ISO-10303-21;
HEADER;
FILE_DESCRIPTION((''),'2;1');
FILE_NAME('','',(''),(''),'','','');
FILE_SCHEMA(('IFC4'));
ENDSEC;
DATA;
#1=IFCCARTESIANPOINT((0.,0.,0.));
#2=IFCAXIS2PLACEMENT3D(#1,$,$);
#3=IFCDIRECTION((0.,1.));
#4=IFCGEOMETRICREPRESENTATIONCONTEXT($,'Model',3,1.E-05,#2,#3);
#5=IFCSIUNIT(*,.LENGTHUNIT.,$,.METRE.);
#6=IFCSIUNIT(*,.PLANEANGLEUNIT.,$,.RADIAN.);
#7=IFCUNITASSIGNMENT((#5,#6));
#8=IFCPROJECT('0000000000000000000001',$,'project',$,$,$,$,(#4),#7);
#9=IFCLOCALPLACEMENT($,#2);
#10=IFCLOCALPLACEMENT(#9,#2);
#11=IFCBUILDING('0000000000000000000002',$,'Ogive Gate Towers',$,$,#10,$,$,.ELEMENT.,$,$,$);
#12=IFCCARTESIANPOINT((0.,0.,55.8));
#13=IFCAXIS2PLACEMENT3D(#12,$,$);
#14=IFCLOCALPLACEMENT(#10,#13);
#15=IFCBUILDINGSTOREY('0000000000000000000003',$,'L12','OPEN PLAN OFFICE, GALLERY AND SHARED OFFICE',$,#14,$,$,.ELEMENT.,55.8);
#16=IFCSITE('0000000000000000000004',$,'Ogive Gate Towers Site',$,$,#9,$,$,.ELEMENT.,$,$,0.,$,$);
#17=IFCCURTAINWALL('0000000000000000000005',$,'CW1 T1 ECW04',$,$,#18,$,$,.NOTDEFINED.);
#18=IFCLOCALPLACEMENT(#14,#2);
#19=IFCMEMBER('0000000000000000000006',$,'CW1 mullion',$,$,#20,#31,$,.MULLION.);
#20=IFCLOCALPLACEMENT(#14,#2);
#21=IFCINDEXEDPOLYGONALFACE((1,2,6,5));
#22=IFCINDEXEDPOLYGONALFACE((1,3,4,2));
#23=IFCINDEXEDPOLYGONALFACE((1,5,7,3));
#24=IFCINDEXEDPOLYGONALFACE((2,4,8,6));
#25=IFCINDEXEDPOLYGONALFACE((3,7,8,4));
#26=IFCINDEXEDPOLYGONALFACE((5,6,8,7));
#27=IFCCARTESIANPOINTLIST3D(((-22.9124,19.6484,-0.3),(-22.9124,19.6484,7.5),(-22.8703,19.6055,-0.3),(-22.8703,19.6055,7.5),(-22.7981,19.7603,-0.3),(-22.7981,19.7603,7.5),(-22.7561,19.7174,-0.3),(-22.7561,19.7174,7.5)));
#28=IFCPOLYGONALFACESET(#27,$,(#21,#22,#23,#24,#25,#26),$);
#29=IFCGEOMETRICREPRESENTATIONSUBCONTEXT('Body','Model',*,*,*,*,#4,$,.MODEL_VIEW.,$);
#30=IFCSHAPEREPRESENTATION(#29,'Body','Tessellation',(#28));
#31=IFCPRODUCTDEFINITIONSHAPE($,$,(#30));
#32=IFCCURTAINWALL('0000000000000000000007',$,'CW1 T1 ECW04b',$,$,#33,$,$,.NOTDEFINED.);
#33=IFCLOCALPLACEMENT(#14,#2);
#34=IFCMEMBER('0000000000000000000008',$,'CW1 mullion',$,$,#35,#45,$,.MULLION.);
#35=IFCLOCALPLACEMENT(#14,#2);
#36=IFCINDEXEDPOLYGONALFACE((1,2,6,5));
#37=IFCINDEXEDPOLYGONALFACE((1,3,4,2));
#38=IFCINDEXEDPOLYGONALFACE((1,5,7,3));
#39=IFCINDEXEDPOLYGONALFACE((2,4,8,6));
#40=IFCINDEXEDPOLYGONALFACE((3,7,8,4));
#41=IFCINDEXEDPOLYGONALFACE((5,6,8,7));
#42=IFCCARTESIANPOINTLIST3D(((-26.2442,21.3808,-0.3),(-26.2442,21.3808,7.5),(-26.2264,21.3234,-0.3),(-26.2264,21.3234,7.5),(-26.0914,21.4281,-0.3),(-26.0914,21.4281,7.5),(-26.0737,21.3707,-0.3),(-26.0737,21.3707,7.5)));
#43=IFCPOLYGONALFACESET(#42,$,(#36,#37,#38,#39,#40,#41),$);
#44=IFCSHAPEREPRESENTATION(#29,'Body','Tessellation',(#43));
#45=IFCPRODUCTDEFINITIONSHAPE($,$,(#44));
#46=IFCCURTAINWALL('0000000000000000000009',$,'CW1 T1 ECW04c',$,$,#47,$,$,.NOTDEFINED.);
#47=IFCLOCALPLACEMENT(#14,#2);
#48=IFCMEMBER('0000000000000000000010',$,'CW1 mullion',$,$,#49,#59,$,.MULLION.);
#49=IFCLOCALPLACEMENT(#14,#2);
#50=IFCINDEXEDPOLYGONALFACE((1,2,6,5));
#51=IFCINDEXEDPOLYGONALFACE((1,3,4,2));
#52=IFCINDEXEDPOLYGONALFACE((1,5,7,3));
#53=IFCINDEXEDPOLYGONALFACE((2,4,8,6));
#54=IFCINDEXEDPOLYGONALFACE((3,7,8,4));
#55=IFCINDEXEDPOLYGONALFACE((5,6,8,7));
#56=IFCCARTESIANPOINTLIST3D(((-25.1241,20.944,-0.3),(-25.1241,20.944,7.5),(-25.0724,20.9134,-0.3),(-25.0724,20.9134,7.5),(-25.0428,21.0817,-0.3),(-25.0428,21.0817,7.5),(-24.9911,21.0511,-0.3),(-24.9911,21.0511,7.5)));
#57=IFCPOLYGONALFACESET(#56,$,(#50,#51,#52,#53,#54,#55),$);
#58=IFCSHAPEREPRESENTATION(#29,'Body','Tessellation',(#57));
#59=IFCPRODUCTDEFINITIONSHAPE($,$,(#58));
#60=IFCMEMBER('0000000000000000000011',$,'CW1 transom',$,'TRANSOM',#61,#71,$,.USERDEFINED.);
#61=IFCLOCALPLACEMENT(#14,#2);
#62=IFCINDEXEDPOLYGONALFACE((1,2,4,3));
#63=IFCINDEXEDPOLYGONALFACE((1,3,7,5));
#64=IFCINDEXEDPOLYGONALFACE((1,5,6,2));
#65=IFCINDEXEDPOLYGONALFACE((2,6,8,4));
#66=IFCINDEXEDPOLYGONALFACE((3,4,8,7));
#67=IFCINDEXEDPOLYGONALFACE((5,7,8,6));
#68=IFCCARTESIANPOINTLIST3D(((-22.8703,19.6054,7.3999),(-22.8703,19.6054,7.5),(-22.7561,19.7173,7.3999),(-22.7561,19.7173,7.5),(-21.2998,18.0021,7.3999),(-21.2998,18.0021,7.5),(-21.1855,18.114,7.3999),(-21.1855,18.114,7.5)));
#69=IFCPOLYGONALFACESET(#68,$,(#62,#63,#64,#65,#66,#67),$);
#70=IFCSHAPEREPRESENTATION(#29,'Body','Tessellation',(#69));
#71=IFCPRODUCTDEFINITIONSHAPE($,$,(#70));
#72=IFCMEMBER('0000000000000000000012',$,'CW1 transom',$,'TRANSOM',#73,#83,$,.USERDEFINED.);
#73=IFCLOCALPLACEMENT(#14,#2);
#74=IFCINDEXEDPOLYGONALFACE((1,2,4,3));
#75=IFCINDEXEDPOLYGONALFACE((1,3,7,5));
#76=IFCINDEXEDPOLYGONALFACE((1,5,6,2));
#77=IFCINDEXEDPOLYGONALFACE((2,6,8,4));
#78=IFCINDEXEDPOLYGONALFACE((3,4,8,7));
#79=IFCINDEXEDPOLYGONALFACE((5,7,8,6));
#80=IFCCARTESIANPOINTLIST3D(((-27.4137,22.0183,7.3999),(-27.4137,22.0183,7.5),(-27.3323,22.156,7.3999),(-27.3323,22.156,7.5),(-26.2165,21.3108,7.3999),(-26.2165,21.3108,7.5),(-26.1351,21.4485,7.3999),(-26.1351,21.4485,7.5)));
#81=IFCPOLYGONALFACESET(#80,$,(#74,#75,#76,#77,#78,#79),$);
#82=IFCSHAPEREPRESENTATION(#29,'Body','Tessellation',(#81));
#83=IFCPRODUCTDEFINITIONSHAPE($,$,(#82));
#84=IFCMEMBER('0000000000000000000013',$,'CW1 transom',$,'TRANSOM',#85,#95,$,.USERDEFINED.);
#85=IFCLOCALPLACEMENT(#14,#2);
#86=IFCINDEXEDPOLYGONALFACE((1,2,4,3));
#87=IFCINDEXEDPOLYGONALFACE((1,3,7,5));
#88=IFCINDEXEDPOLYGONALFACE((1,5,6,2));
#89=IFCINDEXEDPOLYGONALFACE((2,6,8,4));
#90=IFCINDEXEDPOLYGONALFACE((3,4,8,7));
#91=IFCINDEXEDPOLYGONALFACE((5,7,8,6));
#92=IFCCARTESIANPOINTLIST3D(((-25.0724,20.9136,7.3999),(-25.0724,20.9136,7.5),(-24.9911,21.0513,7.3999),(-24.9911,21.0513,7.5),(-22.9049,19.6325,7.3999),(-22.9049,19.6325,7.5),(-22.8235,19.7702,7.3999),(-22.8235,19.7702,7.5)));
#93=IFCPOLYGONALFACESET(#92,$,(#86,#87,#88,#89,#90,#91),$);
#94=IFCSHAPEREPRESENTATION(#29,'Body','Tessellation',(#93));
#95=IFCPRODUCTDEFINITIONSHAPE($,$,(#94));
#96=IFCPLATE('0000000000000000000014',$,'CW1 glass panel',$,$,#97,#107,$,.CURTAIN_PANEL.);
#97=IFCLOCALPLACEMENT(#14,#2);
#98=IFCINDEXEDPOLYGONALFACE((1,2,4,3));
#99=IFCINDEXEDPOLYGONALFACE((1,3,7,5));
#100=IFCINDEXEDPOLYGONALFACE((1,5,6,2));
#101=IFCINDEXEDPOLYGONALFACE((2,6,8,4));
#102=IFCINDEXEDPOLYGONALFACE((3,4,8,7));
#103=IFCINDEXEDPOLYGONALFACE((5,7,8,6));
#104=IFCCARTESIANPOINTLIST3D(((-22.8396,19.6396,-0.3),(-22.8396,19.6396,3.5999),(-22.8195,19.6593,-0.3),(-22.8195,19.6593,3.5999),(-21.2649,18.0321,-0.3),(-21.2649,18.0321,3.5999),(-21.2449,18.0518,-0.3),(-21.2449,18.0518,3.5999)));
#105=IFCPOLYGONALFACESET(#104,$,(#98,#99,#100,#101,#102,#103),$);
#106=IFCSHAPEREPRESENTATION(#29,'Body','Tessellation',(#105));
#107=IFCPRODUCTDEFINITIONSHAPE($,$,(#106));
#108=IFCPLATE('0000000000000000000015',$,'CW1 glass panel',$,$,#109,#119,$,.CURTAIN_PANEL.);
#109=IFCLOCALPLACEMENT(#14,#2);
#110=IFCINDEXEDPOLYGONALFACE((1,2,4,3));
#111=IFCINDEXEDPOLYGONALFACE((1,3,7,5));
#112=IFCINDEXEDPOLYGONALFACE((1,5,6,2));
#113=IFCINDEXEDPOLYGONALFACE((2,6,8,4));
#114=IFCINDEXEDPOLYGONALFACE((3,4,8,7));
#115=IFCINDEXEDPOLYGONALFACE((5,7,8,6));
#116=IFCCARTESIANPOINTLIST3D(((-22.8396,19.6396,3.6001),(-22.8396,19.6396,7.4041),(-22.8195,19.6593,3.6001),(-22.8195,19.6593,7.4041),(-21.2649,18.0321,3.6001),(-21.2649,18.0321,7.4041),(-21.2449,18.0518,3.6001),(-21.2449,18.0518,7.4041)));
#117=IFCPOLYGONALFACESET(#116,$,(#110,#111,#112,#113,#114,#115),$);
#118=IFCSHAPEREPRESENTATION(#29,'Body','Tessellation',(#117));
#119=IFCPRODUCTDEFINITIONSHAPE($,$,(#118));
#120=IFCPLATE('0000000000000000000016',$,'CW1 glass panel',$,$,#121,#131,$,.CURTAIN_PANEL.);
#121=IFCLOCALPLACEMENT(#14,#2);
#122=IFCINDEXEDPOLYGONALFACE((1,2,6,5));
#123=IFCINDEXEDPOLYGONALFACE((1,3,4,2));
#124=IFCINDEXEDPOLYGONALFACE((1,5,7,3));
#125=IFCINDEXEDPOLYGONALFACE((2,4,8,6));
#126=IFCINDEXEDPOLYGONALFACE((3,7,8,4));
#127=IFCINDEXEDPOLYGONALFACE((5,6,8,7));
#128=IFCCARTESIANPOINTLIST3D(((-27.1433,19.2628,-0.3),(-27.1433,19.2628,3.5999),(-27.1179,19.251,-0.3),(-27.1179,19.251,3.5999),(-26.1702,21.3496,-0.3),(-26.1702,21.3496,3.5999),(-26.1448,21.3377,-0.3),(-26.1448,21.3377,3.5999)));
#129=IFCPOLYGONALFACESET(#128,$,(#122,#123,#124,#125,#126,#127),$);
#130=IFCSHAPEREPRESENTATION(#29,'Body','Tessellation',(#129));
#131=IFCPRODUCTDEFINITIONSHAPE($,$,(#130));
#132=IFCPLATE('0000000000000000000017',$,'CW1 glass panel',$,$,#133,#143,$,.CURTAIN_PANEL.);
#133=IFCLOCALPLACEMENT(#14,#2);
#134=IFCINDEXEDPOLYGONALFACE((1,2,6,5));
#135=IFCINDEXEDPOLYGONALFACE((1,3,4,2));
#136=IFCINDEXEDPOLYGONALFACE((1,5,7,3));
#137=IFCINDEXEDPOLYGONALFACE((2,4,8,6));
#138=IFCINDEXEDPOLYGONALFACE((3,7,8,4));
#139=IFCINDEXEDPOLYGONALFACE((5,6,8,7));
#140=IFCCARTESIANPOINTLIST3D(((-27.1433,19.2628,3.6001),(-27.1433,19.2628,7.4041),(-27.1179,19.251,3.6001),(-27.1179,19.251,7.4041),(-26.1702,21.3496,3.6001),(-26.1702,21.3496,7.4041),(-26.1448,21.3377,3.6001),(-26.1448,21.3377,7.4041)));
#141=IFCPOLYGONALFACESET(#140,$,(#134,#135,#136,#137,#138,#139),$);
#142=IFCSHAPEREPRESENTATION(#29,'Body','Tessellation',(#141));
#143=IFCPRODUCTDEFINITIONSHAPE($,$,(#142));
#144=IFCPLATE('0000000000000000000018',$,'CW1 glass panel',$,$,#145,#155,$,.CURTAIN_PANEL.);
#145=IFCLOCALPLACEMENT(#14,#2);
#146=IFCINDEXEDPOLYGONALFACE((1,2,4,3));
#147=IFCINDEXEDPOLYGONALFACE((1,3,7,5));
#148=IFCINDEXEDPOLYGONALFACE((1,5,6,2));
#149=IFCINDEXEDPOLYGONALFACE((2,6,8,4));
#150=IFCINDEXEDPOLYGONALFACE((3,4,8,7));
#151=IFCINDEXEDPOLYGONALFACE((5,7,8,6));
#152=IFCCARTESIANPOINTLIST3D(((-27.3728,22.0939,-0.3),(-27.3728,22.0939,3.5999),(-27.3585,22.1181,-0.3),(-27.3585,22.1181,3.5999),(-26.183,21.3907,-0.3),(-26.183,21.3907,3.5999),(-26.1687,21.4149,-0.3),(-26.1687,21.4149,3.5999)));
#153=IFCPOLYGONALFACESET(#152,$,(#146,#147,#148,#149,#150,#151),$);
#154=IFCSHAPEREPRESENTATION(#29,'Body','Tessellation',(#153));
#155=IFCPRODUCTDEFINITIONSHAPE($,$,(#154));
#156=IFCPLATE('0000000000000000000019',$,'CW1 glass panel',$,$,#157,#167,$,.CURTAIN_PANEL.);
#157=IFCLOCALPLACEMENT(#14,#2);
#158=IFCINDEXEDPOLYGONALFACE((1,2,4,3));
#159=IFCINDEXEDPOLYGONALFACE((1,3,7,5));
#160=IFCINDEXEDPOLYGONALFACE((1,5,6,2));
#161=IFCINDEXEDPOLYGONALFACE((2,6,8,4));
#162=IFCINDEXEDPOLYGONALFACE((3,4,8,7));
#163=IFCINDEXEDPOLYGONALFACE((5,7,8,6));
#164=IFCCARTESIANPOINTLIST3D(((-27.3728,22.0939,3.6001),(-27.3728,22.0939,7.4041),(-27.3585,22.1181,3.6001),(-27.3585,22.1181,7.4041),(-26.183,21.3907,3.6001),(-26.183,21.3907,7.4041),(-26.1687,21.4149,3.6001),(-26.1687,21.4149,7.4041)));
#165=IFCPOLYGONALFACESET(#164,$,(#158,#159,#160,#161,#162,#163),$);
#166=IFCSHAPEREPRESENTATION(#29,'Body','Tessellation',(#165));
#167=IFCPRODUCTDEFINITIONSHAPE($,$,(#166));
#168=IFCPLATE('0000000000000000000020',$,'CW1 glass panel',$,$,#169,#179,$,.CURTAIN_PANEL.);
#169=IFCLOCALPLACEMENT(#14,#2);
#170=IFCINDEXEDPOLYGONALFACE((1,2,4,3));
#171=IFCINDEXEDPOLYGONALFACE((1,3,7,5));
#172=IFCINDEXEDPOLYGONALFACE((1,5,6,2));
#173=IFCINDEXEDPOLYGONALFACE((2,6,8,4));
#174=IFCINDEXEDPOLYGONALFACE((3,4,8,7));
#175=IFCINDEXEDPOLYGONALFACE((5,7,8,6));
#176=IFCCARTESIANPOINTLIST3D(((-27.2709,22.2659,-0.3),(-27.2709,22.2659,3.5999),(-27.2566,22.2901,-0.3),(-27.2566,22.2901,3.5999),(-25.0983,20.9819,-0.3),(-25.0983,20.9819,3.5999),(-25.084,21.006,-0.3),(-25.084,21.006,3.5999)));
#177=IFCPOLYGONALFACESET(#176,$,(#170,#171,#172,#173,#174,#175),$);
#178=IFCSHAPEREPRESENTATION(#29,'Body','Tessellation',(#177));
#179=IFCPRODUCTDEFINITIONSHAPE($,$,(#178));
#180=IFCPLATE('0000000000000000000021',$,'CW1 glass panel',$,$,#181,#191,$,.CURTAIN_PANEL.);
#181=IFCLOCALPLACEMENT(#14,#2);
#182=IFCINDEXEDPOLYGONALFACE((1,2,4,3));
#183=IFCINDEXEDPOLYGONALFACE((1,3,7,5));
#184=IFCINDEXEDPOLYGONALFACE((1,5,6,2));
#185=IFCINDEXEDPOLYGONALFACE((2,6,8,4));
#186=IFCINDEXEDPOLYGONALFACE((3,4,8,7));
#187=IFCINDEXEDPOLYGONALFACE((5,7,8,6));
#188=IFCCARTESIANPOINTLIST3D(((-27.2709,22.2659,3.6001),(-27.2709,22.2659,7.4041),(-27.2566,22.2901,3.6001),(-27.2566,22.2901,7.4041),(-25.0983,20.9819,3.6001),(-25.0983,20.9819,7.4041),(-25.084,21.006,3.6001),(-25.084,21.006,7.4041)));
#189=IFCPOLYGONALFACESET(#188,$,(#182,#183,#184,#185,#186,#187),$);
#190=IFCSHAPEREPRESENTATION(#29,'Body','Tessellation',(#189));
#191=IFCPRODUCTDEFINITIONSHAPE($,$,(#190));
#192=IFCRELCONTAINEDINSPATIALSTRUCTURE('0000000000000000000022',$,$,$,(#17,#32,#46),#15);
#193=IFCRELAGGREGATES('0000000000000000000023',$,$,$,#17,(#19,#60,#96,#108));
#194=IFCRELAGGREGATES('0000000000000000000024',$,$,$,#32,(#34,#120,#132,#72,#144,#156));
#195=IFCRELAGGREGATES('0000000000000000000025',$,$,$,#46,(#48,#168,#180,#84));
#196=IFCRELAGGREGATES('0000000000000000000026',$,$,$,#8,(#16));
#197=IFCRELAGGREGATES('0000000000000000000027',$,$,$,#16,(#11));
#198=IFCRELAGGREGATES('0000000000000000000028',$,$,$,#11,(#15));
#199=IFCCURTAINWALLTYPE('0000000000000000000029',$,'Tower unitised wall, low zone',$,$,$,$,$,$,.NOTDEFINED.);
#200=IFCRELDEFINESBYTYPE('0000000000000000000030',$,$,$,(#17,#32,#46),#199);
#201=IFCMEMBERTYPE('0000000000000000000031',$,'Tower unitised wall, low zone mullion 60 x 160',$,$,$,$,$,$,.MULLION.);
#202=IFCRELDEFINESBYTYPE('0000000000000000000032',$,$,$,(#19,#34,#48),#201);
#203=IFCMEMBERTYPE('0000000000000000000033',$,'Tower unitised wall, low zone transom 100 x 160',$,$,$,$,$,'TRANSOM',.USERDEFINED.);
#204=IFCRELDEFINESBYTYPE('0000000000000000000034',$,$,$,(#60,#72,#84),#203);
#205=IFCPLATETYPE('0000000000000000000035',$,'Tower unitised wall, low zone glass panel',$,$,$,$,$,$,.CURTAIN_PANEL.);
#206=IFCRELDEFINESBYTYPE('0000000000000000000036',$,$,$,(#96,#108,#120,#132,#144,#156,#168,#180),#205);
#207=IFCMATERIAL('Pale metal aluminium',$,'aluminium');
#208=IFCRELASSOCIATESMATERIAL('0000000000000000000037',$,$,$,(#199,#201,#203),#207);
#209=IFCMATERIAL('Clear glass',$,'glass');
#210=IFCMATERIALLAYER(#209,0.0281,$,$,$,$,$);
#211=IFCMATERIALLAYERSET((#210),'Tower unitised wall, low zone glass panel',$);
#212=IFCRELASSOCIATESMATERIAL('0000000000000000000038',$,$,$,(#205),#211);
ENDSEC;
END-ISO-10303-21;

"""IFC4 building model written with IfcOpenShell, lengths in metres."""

from ifc_helpers import new_model, si_unit, direction, frame, origin, origin_2d, place, context, subcontext, project, spatial, rectangle, extrude, material, layer, layer_set, material_profile, profile_set, type_object, element, aggregate, save


model = new_model("IFC4")

# Units and contexts
model_context = context("Model", 3, precision=1e-05, world=origin(), true_north=direction((0.0, 1.0)))
body_context = subcontext(model_context, "Body", "Model", "MODEL_VIEW")
ifc_project = project(units=[si_unit("LENGTHUNIT", "METRE"), si_unit("PLANEANGLEUNIT", "RADIAN")], contexts=[model_context])

# Site, building, storey
site_placement = place(None, origin())
site = spatial("IfcSite", under=ifc_project, at=site_placement, Name="Ogive Gate Towers Site", CompositionType="ELEMENT", RefElevation=0.0)
building_placement = place(site_placement, origin())
building = spatial("IfcBuilding", under=site, at=building_placement, Name="Ogive Gate Towers", CompositionType="ELEMENT")
storey_placement = place(building_placement, frame((0.0, 0.0, 55.8)))
storey = spatial("IfcBuildingStorey", under=building, at=storey_placement, Name="L12", Description="OPEN PLAN OFFICE, GALLERY AND SHARED OFFICE", CompositionType="ELEMENT", Elevation=55.8)

# Curtain walls, members
ifc_material_1 = material(Name="Pale metal aluminium", Category="aluminium")
curtain_wall_type = type_object("IfcCurtainWallType", Name="Tower unitised wall, low zone", PredefinedType="NOTDEFINED", material=ifc_material_1)
curtain_wall_1_placement = place(storey_placement, origin())
curtain_wall_1 = element("IfcCurtainWall", 1, at=curtain_wall_1_placement, inside=storey, type_object=curtain_wall_type, Name="CW1 T1 ECW04", PredefinedType="NOTDEFINED")
ifc_material_profile_1 = material_profile(ifc_material_1, rectangle(XDim=0.1599, YDim=0.0601, at=origin_2d()), Name="60 x 160 aluminium box")
ifc_profile_set_1 = profile_set([ifc_material_profile_1], Name="Pale metal aluminium")
member_type_1 = type_object("IfcMemberType", Name="Tower unitised wall, low zone mullion 60 x 160", PredefinedType="MULLION", material=ifc_profile_set_1)
member_1_placement = place(storey_placement, frame((-22.8342, 19.6829, -0.3), z_axis=(0.0, 0.0, 1.0), x_axis=(-0.714363, -0.699776, 0.0)))
member_1 = element("IfcMember", 2, at=member_1_placement, type_object=member_type_1, Name="CW1 mullion", PredefinedType="MULLION", context=body_context, shape_type="SweptSolid", body=[
    extrude(rectangle(XDim=0.1599, YDim=0.0601, at=origin_2d()), origin(), (0.0, 0.0, 1.0), 7.8),
])
curtain_wall_2_placement = place(storey_placement, origin())
curtain_wall_2 = element("IfcCurtainWall", 3, at=curtain_wall_2_placement, inside=storey, type_object=curtain_wall_type, Name="CW1 T1 ECW04b", PredefinedType="NOTDEFINED")
member_2_placement = place(storey_placement, frame((-26.1589, 21.3757, -0.3), z_axis=(0.0, 0.0, 1.0), x_axis=(0.955237, 0.295841, 0.0)))
member_2 = element("IfcMember", 4, at=member_2_placement, type_object=member_type_1, Name="CW1 mullion", PredefinedType="MULLION", context=body_context, shape_type="SweptSolid", body=[
    extrude(rectangle(XDim=0.1599, YDim=0.0601, at=origin_2d()), origin(), (0.0, 0.0, 1.0), 7.8),
])
curtain_wall_3_placement = place(storey_placement, origin())
curtain_wall_3 = element("IfcCurtainWall", 5, at=curtain_wall_3_placement, inside=storey, type_object=curtain_wall_type, Name="CW1 T1 ECW04c", PredefinedType="NOTDEFINED")
member_3_placement = place(storey_placement, frame((-25.0576, 20.9976, -0.3), z_axis=(0.0, 0.0, 1.0), x_axis=(-0.508786, -0.860893, 0.0)))
member_3 = element("IfcMember", 6, at=member_3_placement, type_object=member_type_1, Name="CW1 mullion", PredefinedType="MULLION", context=body_context, shape_type="SweptSolid", body=[
    extrude(rectangle(XDim=0.1599, YDim=0.0601, at=origin_2d()), origin(), (0.0, 0.0, 1.0), 7.8),
])

# Members
ifc_material_profile_2 = material_profile(ifc_material_1, rectangle(XDim=0.1599, YDim=0.1001, at=origin_2d()), Name="100 x 160 aluminium box")
ifc_profile_set_2 = profile_set([ifc_material_profile_2], Name="Pale metal aluminium")
member_type_2 = type_object("IfcMemberType", Name="Tower unitised wall, low zone transom 100 x 160", ElementType="TRANSOM", PredefinedType="USERDEFINED", material=ifc_profile_set_2)
member_4_placement = place(storey_placement, frame((-22.8132, 19.6614, 7.45), z_axis=(0.699781, -0.714357, 0.0), x_axis=(0.714357, 0.699781, 0.0)))
member_4 = element("IfcMember", 7, at=member_4_placement, type_object=member_type_2, Name="CW1 transom", ObjectType="TRANSOM", PredefinedType="USERDEFINED", context=body_context, shape_type="SweptSolid", body=[
    extrude(rectangle(XDim=0.1599, YDim=0.1001, at=origin_2d()), origin(), (0.0, 0.0, 1.0), 2.2444),
])
member_5_placement = place(storey_placement, frame((-26.1758, 21.3796, 7.45), z_axis=(-0.860913, 0.508753, 0.0), x_axis=(-0.508753, -0.860913, 0.0)))
member_5 = element("IfcMember", 8, at=member_5_placement, type_object=member_type_2, Name="CW1 transom", ObjectType="TRANSOM", PredefinedType="USERDEFINED", context=body_context, shape_type="SweptSolid", body=[
    extrude(rectangle(XDim=0.1599, YDim=0.1001, at=origin_2d()), origin(), (0.0, 0.0, 1.0), 1.3906),
])
member_6_placement = place(storey_placement, frame((-25.0317, 20.9824, 7.45), z_axis=(0.860888, -0.508795, 0.0), x_axis=(0.508795, 0.860888, 0.0)))
member_6 = element("IfcMember", 9, at=member_6_placement, type_object=member_type_2, Name="CW1 transom", ObjectType="TRANSOM", PredefinedType="USERDEFINED", context=body_context, shape_type="SweptSolid", body=[
    extrude(rectangle(XDim=0.1599, YDim=0.1001, at=origin_2d()), origin(), (0.0, 0.0, 1.0), 2.5178),
])

# Plates
ifc_material_2 = material(Name="Clear glass", Category="glass")
ifc_layer_1 = layer(ifc_material_2, 0.0281)
ifc_layer_set_1 = layer_set([ifc_layer_1], Name="Tower unitised wall, low zone glass panel")
plate_type = type_object("IfcPlateType", Name="Tower unitised wall, low zone glass panel", PredefinedType="CURTAIN_PANEL", material=ifc_layer_set_1)
plate_1_placement = place(storey_placement, frame((-22.0422, 18.8457, -0.3), z_axis=(0.0, 0.0, 1.0), x_axis=(0.699776, -0.714363, 0.0)))
plate_1 = element("IfcPlate", 10, at=plate_1_placement, type_object=plate_type, Name="CW1 glass panel", PredefinedType="CURTAIN_PANEL", context=body_context, shape_type="SweptSolid", body=[
    extrude(rectangle(XDim=2.2502, YDim=0.0281, at=origin_2d()), origin(), (0.0, 0.0, 1.0), 3.8999),
])
plate_2_placement = place(storey_placement, frame((-22.0422, 18.8457, 3.6001), z_axis=(0.0, 0.0, 1.0), x_axis=(0.699776, -0.714363, 0.0)))
plate_2 = element("IfcPlate", 11, at=plate_2_placement, type_object=plate_type, Name="CW1 glass panel", PredefinedType="CURTAIN_PANEL", context=body_context, shape_type="SweptSolid", body=[
    extrude(rectangle(XDim=2.2502, YDim=0.0281, at=origin_2d()), origin(), (0.0, 0.0, 1.0), 3.804),
])
aggregate(curtain_wall_1, [member_1, member_4, plate_1, plate_2])
plate_3_placement = place(storey_placement, frame((-26.644, 20.3003, -0.3), z_axis=(0.0, 0.0, 1.0), x_axis=(0.422618, 0.906308, 0.0)))
plate_3 = element("IfcPlate", 12, at=plate_3_placement, type_object=plate_type, Name="CW1 glass panel", PredefinedType="CURTAIN_PANEL", context=body_context, shape_type="SweptSolid", body=[
    extrude(rectangle(XDim=2.3025, YDim=0.0281, at=origin_2d()), origin(), (0.0, 0.0, 1.0), 3.8999),
])
plate_4_placement = place(storey_placement, frame((-26.644, 20.3003, 3.6001), z_axis=(0.0, 0.0, 1.0), x_axis=(0.422618, 0.906308, 0.0)))
plate_4 = element("IfcPlate", 13, at=plate_4_placement, type_object=plate_type, Name="CW1 glass panel", PredefinedType="CURTAIN_PANEL", context=body_context, shape_type="SweptSolid", body=[
    extrude(rectangle(XDim=2.3025, YDim=0.0281, at=origin_2d()), origin(), (0.0, 0.0, 1.0), 3.804),
])
plate_5_placement = place(storey_placement, frame((-26.7708, 21.7544, -0.3), z_axis=(0.0, 0.0, 1.0), x_axis=(-0.860893, 0.508786, 0.0)))
plate_5 = element("IfcPlate", 14, at=plate_5_placement, type_object=plate_type, Name="CW1 glass panel", PredefinedType="CURTAIN_PANEL", context=body_context, shape_type="SweptSolid", body=[
    extrude(rectangle(XDim=1.3821, YDim=0.0281, at=origin_2d()), origin(), (0.0, 0.0, 1.0), 3.8999),
])
plate_6_placement = place(storey_placement, frame((-26.7708, 21.7544, 3.6001), z_axis=(0.0, 0.0, 1.0), x_axis=(-0.860893, 0.508786, 0.0)))
plate_6 = element("IfcPlate", 15, at=plate_6_placement, type_object=plate_type, Name="CW1 glass panel", PredefinedType="CURTAIN_PANEL", context=body_context, shape_type="SweptSolid", body=[
    extrude(rectangle(XDim=1.3821, YDim=0.0281, at=origin_2d()), origin(), (0.0, 0.0, 1.0), 3.804),
])
aggregate(curtain_wall_2, [member_2, plate_3, plate_4, member_5, plate_5, plate_6])
plate_7_placement = place(storey_placement, frame((-26.1775, 21.636, -0.3), z_axis=(0.0, 0.0, 1.0), x_axis=(0.860884, -0.508801, 0.0)))
plate_7 = element("IfcPlate", 16, at=plate_7_placement, type_object=plate_type, Name="CW1 glass panel", PredefinedType="CURTAIN_PANEL", context=body_context, shape_type="SweptSolid", body=[
    extrude(rectangle(XDim=2.5237, YDim=0.0281, at=origin_2d()), origin(), (0.0, 0.0, 1.0), 3.8999),
])
plate_8_placement = place(storey_placement, frame((-26.1775, 21.636, 3.6001), z_axis=(0.0, 0.0, 1.0), x_axis=(0.860884, -0.508801, 0.0)))
plate_8 = element("IfcPlate", 17, at=plate_8_placement, type_object=plate_type, Name="CW1 glass panel", PredefinedType="CURTAIN_PANEL", context=body_context, shape_type="SweptSolid", body=[
    extrude(rectangle(XDim=2.5237, YDim=0.0281, at=origin_2d()), origin(), (0.0, 0.0, 1.0), 3.804),
])
aggregate(curtain_wall_3, [member_3, plate_7, plate_8, member_6])

save(model, "model.ifc")
